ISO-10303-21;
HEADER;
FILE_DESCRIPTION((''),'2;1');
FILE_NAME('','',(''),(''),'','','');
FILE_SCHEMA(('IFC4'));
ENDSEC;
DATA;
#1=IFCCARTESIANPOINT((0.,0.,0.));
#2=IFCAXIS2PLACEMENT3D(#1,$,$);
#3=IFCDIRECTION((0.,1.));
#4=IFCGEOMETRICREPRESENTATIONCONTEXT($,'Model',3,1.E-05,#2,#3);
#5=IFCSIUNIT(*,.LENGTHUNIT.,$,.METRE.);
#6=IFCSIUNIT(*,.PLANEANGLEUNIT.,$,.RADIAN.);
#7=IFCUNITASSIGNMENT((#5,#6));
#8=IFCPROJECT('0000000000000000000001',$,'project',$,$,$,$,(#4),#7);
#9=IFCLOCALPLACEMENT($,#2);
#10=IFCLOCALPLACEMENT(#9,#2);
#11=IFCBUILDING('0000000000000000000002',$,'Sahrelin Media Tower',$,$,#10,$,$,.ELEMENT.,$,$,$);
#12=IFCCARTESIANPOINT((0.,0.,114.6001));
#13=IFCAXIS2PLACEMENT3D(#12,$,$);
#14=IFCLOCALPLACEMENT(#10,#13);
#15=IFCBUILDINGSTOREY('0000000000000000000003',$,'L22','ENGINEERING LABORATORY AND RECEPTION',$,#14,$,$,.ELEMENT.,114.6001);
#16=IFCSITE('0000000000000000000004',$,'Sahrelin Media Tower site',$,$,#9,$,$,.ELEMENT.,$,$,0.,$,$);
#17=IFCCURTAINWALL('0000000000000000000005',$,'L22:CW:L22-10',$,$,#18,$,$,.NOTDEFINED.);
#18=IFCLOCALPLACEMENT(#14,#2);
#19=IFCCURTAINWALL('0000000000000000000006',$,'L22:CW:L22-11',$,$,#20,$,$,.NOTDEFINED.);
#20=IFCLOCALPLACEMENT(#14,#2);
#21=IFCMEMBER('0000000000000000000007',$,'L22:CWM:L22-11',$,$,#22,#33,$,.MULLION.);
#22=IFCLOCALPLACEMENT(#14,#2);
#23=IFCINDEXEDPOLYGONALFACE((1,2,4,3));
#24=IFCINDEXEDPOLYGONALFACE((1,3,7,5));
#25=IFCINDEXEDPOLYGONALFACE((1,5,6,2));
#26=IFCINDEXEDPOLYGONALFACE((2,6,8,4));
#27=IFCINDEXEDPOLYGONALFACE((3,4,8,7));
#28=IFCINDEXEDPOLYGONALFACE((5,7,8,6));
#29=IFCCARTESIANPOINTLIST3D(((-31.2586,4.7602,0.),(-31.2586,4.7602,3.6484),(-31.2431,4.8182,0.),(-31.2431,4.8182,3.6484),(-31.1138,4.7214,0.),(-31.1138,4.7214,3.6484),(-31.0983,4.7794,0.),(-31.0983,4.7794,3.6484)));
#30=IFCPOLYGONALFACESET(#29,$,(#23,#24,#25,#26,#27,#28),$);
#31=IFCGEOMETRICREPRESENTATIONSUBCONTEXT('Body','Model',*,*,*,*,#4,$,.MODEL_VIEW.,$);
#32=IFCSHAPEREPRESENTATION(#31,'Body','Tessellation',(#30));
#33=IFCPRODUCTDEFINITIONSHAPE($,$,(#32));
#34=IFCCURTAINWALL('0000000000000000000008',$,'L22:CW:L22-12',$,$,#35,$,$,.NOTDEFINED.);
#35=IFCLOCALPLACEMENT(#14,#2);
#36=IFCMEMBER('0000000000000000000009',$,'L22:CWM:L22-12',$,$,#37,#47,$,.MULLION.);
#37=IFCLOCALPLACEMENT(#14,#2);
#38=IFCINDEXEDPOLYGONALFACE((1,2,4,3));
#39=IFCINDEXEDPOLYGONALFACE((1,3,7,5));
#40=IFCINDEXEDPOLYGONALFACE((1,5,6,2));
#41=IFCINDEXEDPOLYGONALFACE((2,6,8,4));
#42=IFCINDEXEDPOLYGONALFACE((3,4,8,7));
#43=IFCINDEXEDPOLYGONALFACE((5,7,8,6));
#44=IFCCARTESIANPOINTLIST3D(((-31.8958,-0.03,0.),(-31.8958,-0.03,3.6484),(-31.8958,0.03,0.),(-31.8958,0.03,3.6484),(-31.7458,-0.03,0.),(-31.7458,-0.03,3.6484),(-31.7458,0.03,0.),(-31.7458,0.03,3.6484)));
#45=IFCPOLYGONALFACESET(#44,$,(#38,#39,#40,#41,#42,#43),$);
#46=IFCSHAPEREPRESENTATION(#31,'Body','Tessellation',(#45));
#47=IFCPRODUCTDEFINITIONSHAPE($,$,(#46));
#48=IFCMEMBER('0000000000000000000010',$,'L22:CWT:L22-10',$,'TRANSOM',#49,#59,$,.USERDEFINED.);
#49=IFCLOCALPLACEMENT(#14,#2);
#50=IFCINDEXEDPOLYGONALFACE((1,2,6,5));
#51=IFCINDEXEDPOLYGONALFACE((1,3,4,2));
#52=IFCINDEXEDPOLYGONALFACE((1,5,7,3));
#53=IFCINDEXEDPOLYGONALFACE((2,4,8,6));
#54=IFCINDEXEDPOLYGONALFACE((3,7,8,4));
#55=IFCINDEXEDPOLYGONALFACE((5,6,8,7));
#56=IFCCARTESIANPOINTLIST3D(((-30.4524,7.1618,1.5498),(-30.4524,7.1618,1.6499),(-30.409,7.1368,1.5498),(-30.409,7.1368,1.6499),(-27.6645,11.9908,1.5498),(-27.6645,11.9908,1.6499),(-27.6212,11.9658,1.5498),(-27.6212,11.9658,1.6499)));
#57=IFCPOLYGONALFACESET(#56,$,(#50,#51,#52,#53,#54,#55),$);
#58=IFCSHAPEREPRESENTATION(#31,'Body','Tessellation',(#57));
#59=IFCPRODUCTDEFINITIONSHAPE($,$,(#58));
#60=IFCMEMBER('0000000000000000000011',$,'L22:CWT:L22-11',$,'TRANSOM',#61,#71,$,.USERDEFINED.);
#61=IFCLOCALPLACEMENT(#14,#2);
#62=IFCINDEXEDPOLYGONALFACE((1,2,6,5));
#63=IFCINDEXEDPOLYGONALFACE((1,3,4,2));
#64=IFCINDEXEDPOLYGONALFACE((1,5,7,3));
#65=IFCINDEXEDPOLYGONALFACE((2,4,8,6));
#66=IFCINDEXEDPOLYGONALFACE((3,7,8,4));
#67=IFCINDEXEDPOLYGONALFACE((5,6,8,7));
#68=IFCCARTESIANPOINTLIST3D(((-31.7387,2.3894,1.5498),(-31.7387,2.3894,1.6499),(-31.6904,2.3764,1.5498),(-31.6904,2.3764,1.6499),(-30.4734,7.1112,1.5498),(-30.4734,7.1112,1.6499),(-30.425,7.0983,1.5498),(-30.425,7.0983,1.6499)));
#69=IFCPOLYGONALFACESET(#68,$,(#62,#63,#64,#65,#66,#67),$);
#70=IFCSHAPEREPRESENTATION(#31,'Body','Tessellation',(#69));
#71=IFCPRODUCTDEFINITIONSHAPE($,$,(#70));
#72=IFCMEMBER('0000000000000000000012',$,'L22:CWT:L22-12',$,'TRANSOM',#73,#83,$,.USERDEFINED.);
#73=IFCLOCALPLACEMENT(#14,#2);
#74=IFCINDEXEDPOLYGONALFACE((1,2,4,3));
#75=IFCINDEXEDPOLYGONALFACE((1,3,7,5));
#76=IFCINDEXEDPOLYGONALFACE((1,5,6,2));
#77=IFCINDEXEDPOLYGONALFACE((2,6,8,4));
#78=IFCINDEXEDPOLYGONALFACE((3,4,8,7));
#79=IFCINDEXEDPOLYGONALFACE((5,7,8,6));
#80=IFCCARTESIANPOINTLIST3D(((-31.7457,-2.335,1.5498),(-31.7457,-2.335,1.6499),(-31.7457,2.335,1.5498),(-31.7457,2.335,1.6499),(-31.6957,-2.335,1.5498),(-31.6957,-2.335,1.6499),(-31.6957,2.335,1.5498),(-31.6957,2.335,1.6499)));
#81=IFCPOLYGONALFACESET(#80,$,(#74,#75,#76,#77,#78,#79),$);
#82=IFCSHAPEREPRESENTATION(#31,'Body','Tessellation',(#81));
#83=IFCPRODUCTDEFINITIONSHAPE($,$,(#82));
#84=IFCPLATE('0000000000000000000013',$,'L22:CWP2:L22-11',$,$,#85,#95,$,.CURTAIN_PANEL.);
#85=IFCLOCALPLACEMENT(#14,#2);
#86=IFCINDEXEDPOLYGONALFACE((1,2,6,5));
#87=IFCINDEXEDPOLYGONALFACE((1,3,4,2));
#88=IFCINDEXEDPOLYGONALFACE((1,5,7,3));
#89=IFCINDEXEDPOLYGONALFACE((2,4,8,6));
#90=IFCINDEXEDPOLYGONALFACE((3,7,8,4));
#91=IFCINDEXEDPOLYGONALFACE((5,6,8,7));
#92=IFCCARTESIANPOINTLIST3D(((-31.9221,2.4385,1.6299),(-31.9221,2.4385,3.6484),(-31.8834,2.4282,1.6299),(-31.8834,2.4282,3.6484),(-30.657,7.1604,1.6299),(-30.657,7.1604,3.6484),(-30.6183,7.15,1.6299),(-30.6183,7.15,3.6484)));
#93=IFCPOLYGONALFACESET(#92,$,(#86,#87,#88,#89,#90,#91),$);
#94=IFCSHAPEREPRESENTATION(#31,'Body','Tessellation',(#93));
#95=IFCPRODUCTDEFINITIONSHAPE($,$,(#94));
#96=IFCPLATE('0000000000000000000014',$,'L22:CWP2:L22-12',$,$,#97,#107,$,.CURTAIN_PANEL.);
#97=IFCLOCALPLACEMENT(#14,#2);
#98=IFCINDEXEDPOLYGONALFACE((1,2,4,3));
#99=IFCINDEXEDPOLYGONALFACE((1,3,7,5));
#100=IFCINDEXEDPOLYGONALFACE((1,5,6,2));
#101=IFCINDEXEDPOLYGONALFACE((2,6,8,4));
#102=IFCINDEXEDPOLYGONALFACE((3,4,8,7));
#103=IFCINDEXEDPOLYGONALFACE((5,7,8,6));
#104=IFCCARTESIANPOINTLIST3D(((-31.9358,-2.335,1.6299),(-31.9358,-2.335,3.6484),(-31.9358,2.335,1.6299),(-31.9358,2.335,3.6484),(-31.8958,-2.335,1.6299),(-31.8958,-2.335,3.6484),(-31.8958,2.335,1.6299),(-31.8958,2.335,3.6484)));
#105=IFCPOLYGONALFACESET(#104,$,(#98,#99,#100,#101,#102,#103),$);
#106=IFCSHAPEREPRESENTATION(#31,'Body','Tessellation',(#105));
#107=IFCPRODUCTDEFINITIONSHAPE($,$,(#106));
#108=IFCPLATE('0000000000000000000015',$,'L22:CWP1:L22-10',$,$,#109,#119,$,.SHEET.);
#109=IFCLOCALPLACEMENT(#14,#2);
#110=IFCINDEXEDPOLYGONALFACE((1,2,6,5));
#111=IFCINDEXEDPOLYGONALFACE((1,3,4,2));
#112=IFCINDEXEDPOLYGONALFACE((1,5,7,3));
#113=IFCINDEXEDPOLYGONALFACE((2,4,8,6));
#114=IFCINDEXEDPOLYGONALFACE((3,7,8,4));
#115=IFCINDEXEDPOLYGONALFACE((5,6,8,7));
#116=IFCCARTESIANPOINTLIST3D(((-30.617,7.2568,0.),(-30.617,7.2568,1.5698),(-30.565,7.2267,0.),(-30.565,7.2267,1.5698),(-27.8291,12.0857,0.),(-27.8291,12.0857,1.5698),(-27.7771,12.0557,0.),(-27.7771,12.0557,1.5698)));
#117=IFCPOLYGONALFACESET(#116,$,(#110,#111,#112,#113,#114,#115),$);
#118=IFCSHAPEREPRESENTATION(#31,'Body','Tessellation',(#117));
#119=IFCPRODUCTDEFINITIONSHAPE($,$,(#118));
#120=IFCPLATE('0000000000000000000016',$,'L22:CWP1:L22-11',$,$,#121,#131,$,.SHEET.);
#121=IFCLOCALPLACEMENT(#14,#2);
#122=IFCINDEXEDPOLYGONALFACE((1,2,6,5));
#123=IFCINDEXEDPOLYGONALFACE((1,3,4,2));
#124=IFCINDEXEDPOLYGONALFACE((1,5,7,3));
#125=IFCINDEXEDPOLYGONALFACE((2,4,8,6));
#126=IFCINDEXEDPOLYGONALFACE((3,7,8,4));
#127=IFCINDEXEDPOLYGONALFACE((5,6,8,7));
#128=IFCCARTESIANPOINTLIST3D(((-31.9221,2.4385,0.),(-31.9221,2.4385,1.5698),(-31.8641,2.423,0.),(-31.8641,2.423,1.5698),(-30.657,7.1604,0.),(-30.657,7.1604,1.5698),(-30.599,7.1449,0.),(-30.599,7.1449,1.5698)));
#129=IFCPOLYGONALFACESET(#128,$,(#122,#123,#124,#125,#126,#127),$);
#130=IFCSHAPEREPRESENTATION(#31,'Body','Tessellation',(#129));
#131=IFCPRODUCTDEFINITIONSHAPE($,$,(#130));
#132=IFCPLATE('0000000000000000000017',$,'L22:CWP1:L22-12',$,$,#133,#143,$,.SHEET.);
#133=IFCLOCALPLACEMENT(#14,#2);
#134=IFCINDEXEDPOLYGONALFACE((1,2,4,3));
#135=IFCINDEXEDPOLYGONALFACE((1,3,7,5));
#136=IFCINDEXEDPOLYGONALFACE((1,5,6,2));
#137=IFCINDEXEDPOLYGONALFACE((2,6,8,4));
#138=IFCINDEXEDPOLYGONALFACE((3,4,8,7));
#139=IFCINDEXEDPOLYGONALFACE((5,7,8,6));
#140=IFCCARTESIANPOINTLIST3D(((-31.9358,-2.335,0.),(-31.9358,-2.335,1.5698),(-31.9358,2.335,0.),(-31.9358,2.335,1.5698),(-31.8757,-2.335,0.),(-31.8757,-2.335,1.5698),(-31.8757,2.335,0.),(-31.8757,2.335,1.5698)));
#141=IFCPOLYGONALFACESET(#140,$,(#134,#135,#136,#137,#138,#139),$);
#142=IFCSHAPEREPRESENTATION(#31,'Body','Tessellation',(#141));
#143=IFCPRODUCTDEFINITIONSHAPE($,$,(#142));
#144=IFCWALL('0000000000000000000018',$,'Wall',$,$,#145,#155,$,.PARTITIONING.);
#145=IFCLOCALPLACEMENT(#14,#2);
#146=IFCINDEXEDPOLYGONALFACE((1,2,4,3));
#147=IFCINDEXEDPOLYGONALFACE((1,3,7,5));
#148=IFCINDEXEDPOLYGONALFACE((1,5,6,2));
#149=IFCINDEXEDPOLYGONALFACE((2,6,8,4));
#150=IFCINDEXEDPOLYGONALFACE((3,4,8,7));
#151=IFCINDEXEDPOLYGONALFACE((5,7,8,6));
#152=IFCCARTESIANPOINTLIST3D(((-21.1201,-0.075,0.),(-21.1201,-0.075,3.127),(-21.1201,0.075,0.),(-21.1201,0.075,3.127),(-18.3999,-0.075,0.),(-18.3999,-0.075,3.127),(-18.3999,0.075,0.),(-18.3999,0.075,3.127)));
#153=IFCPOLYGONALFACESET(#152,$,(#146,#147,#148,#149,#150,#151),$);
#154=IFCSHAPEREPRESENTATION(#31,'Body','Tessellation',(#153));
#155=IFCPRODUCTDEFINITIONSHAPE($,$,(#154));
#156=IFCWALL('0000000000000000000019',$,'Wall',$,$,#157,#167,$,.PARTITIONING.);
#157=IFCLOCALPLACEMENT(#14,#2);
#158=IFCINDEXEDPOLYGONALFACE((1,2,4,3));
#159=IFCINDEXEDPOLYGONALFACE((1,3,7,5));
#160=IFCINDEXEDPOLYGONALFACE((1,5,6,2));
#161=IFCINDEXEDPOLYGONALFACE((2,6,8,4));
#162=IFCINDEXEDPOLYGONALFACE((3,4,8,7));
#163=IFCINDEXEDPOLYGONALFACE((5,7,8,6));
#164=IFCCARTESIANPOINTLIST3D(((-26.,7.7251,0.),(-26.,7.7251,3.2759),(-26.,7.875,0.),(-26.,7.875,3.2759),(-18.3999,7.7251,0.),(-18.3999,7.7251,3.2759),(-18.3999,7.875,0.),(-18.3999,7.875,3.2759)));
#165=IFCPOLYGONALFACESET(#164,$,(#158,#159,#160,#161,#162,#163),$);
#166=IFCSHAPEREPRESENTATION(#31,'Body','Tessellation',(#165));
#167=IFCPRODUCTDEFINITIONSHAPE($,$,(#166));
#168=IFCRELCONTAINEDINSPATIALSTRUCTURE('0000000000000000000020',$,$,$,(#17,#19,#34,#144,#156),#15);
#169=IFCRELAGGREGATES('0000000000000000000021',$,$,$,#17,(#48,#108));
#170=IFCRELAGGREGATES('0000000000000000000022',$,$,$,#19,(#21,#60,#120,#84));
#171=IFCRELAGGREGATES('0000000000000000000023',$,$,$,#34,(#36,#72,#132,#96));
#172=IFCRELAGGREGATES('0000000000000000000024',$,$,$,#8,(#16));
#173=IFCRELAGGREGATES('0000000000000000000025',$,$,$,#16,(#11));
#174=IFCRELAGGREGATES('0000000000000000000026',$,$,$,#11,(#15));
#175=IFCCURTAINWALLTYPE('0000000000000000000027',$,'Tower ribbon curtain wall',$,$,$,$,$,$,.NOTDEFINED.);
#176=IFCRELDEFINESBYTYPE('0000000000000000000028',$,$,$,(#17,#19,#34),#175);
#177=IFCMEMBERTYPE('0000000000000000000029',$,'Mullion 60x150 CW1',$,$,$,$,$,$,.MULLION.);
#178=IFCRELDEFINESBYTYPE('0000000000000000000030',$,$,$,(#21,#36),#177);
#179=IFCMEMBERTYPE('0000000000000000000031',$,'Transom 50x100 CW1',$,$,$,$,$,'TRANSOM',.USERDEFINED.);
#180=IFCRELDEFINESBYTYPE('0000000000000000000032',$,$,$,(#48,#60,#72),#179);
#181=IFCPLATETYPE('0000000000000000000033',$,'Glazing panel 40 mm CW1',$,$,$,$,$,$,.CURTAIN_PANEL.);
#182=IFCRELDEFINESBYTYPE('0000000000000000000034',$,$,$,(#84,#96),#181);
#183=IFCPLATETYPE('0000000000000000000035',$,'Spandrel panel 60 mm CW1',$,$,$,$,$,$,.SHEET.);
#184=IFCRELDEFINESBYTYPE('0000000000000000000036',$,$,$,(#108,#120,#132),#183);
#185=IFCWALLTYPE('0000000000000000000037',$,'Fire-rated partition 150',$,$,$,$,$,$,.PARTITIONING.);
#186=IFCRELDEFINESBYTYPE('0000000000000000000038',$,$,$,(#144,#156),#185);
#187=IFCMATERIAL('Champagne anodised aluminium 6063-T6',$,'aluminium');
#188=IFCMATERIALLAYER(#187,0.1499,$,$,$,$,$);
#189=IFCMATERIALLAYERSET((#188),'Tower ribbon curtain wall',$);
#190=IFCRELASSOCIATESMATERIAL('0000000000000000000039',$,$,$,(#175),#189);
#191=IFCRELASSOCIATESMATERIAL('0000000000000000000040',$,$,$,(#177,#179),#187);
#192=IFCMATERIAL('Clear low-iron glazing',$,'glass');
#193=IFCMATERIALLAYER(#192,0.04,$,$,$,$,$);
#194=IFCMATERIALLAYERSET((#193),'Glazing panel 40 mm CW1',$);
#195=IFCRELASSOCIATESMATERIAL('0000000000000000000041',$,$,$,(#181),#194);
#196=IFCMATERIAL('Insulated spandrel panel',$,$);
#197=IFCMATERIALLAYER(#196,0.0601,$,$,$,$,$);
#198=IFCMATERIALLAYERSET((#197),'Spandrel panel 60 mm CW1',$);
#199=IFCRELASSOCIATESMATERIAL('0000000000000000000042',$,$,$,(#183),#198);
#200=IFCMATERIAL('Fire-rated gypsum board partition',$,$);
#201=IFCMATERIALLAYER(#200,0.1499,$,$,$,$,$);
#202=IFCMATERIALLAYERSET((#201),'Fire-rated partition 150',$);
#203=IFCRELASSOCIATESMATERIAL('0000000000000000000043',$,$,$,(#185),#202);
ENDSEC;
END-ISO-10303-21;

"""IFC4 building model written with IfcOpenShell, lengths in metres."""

from ifc_helpers import new_model, si_unit, direction, frame, frame_2d, origin, origin_2d, place, context, subcontext, project, spatial, polyline, rectangle, outline, extrude, material, layer, layer_set, material_profile, profile_set, type_object, element, aggregate, save


model = new_model("IFC4")

# Units and contexts
model_context = context("Model", 3, precision=1e-05, world=origin(), true_north=direction((0.0, 1.0)))
body_context = subcontext(model_context, "Body", "Model", "MODEL_VIEW")
ifc_project = project(units=[si_unit("LENGTHUNIT", "METRE"), si_unit("PLANEANGLEUNIT", "RADIAN")], contexts=[model_context])

# Site, building, storey
site_placement = place(None, origin())
site = spatial("IfcSite", under=ifc_project, at=site_placement, Name="Sahrelin Media Tower site", CompositionType="ELEMENT", RefElevation=0.0)
building_placement = place(site_placement, origin())
building = spatial("IfcBuilding", under=site, at=building_placement, Name="Sahrelin Media Tower", CompositionType="ELEMENT")
storey_placement = place(building_placement, frame((0.0, 0.0, 114.6001)))
storey = spatial("IfcBuildingStorey", under=building, at=storey_placement, Name="L22", Description="ENGINEERING LABORATORY AND RECEPTION", CompositionType="ELEMENT", Elevation=114.6001)

# Curtain walls, members
ifc_material_1 = material(Name="Champagne anodised aluminium 6063-T6", Category="aluminium")
ifc_layer_1 = layer(ifc_material_1, 0.1499)
ifc_layer_set_1 = layer_set([ifc_layer_1], Name="Tower ribbon curtain wall")
curtain_wall_type = type_object("IfcCurtainWallType", Name="Tower ribbon curtain wall", PredefinedType="NOTDEFINED", material=ifc_layer_set_1)
curtain_wall_1_placement = place(storey_placement, frame((-29.2058, 9.6614, 0.0), z_axis=(0.0, 0.0, 1.0), x_axis=(1.0, 0.0, 0.0)))
curtain_wall_1 = element("IfcCurtainWall", 1, at=curtain_wall_1_placement, inside=storey, type_object=curtain_wall_type, Name="L22:CW:L22-10", PredefinedType="NOTDEFINED")
ifc_material_profile_1 = material_profile(ifc_material_1, rectangle(XDim=0.0601, YDim=0.1499, at=origin_2d()), Name="Mullion 60x150")
ifc_profile_set_1 = profile_set([ifc_material_profile_1], Name="Champagne anodised aluminium 6063-T6")
member_type_1 = type_object("IfcMemberType", Name="Mullion 60x150 CW1", PredefinedType="MULLION", material=ifc_profile_set_1)
curtain_wall_2_placement = place(storey_placement, frame((-31.2703, 4.7942, 0.0), z_axis=(0.0, 0.0, 1.0), x_axis=(1.0, 0.0, 0.0)))
curtain_wall_2 = element("IfcCurtainWall", 2, at=curtain_wall_2_placement, inside=storey, type_object=curtain_wall_type, Name="L22:CW:L22-11", PredefinedType="NOTDEFINED")
member_1_placement = place(storey_placement, frame((-31.1785, 4.7698, 0.0), z_axis=(0.0, 0.0, 1.0), x_axis=(-0.258836, -0.965921, 0.0)))
member_1 = element("IfcMember", 3, at=member_1_placement, type_object=member_type_1, Name="L22:CWM:L22-11", PredefinedType="MULLION", context=body_context, shape_type="SweptSolid", body=[
    extrude(rectangle(XDim=0.0601, YDim=0.1499, at=origin_2d()), origin(), (0.0, 0.0, 1.0), 3.6484),
])
curtain_wall_3_placement = place(storey_placement, frame((-31.9158, 0.0, 0.0), z_axis=(0.0, 0.0, 1.0), x_axis=(1.0, 0.0, 0.0)))
curtain_wall_3 = element("IfcCurtainWall", 4, at=curtain_wall_3_placement, inside=storey, type_object=curtain_wall_type, Name="L22:CW:L22-12", PredefinedType="NOTDEFINED")
member_2_placement = place(storey_placement, frame((-31.8208, 0.0, 0.0), z_axis=(0.0, 0.0, 1.0), x_axis=(0.0, -1.0, 0.0)))
member_2 = element("IfcMember", 5, at=member_2_placement, type_object=member_type_1, Name="L22:CWM:L22-12", PredefinedType="MULLION", context=body_context, shape_type="SweptSolid", body=[
    extrude(rectangle(XDim=0.0601, YDim=0.1499, at=origin_2d()), origin(), (0.0, 0.0, 1.0), 3.6484),
])

# Members
ifc_material_profile_2 = material_profile(ifc_material_1, rectangle(XDim=0.05, YDim=0.1001, at=origin_2d()), Name="Transom 50x100")
ifc_profile_set_2 = profile_set([ifc_material_profile_2], Name="Champagne anodised aluminium 6063-T6")
member_type_2 = type_object("IfcMemberType", Name="Transom 50x100 CW1", ElementType="TRANSOM", PredefinedType="USERDEFINED", material=ifc_profile_set_2)
member_3_placement = place(storey_placement, frame((-27.6428, 11.9783, 1.5999), z_axis=(-0.499987, -0.866033, 0.0), x_axis=(0.866033, -0.499987, 0.0)))
member_3 = element("IfcMember", 6, at=member_3_placement, type_object=member_type_2, Name="L22:CWT:L22-10", ObjectType="TRANSOM", PredefinedType="USERDEFINED", context=body_context, shape_type="SweptSolid", body=[
    extrude(rectangle(XDim=0.05, YDim=0.1001, at=origin_2d()), origin(), (0.0, 0.0, 1.0), 5.5759),
])
member_4_placement = place(storey_placement, frame((-30.4492, 7.1047, 1.5999), z_axis=(-0.258847, -0.965918, 0.0), x_axis=(0.965918, -0.258847, 0.0)))
member_4 = element("IfcMember", 7, at=member_4_placement, type_object=member_type_2, Name="L22:CWT:L22-11", ObjectType="TRANSOM", PredefinedType="USERDEFINED", context=body_context, shape_type="SweptSolid", body=[
    extrude(rectangle(XDim=0.05, YDim=0.1001, at=origin_2d()), origin(), (0.0, 0.0, 1.0), 4.8884),
])
member_5_placement = place(storey_placement, frame((-31.7207, 2.335, 1.5999), z_axis=(0.0, -1.0, 0.0), x_axis=(1.0, 0.0, 0.0)))
member_5 = element("IfcMember", 8, at=member_5_placement, type_object=member_type_2, Name="L22:CWT:L22-12", ObjectType="TRANSOM", PredefinedType="USERDEFINED", context=body_context, shape_type="SweptSolid", body=[
    extrude(rectangle(XDim=0.05, YDim=0.1001, at=origin_2d()), origin(), (0.0, 0.0, 1.0), 4.6699),
])

# Plates
ifc_material_2 = material(Name="Clear low-iron glazing", Category="glass")
ifc_layer_2 = layer(ifc_material_2, 0.04)
ifc_layer_set_2 = layer_set([ifc_layer_2], Name="Glazing panel 40 mm CW1")
plate_type_1 = type_object("IfcPlateType", Name="Glazing panel 40 mm CW1", PredefinedType="CURTAIN_PANEL", material=ifc_layer_set_2)
plate_1_placement = place(storey_placement, frame((-30.657, 7.1604, 1.6299), z_axis=(-0.965931, 0.2588, 0.0), x_axis=(-0.2588, -0.965931, 0.0)))
plate_1 = element("IfcPlate", 9, at=plate_1_placement, type_object=plate_type_1, Name="L22:CWP2:L22-11", PredefinedType="CURTAIN_PANEL", context=body_context, shape_type="SweptSolid", body=[
    extrude(outline(polyline([(0.0, 0.0), (4.8884, 0.0), (4.8884, 2.0186), (0.0, 2.0186), (0.0, 0.0)])), origin(), (0.0, 0.0, -1.0), 0.04),
])
plate_2_placement = place(storey_placement, frame((-31.9358, 2.335, 1.6299), z_axis=(-1.0, 0.0, 0.0), x_axis=(0.0, -1.0, 0.0)))
plate_2 = element("IfcPlate", 10, at=plate_2_placement, type_object=plate_type_1, Name="L22:CWP2:L22-12", PredefinedType="CURTAIN_PANEL", context=body_context, shape_type="SweptSolid", body=[
    extrude(outline(polyline([(0.0, 0.0), (4.6699, 0.0), (4.6699, 2.0186), (0.0, 2.0186), (0.0, 0.0)])), origin(), (0.0, 0.0, -1.0), 0.04),
])
ifc_material_3 = material(Name="Insulated spandrel panel")
ifc_layer_3 = layer(ifc_material_3, 0.0601)
ifc_layer_set_3 = layer_set([ifc_layer_3], Name="Spandrel panel 60 mm CW1")
plate_type_2 = type_object("IfcPlateType", Name="Spandrel panel 60 mm CW1", PredefinedType="SHEET", material=ifc_layer_set_3)
plate_3_placement = place(storey_placement, frame((-27.8291, 12.0857, 0.0), z_axis=(-0.866033, 0.499987, 0.0), x_axis=(-0.499987, -0.866033, 0.0)))
plate_3 = element("IfcPlate", 11, at=plate_3_placement, type_object=plate_type_2, Name="L22:CWP1:L22-10", PredefinedType="SHEET", context=body_context, shape_type="SweptSolid", body=[
    extrude(outline(polyline([(0.0, 0.0), (5.5759, 0.0), (5.5759, 1.5698), (0.0, 1.5698), (0.0, 0.0)])), origin(), (0.0, 0.0, -1.0), 0.0601),
])
aggregate(curtain_wall_1, [member_3, plate_3])
plate_4_placement = place(storey_placement, frame((-30.657, 7.1604, 0.0), z_axis=(-0.965931, 0.2588, 0.0), x_axis=(-0.2588, -0.965931, 0.0)))
plate_4 = element("IfcPlate", 12, at=plate_4_placement, type_object=plate_type_2, Name="L22:CWP1:L22-11", PredefinedType="SHEET", context=body_context, shape_type="SweptSolid", body=[
    extrude(outline(polyline([(0.0, 0.0), (4.8884, 0.0), (4.8884, 1.5698), (0.0, 1.5698), (0.0, 0.0)])), origin(), (0.0, 0.0, -1.0), 0.0601),
])
aggregate(curtain_wall_2, [member_1, member_4, plate_4, plate_1])
plate_5_placement = place(storey_placement, frame((-31.9358, 2.335, 0.0), z_axis=(-1.0, 0.0, 0.0), x_axis=(0.0, -1.0, 0.0)))
plate_5 = element("IfcPlate", 13, at=plate_5_placement, type_object=plate_type_2, Name="L22:CWP1:L22-12", PredefinedType="SHEET", context=body_context, shape_type="SweptSolid", body=[
    extrude(outline(polyline([(0.0, 0.0), (4.6699, 0.0), (4.6699, 1.5698), (0.0, 1.5698), (0.0, 0.0)])), origin(), (0.0, 0.0, -1.0), 0.0601),
])
aggregate(curtain_wall_3, [member_2, member_5, plate_5, plate_2])

# Walls
ifc_material_4 = material(Name="Fire-rated gypsum board partition")
ifc_layer_4 = layer(ifc_material_4, 0.1499)
ifc_layer_set_4 = layer_set([ifc_layer_4], Name="Fire-rated partition 150")
wall_type = type_object("IfcWallType", Name="Fire-rated partition 150", PredefinedType="PARTITIONING", material=ifc_layer_set_4)
wall_1_placement = place(storey_placement, frame((-21.1201, 0.0, 0.0), z_axis=(0.0, 0.0, 1.0), x_axis=(1.0, 0.0, 0.0)))
element("IfcWall", 14, at=wall_1_placement, inside=storey, type_object=wall_type, Name="Wall", PredefinedType="PARTITIONING", context=body_context, shape_type="SweptSolid", body=[
    extrude(rectangle(XDim=2.7202, YDim=0.1499, at=frame_2d((1.3601, 0.0))), origin(), (0.0, 0.0, 1.0), 3.127),
])
wall_2_placement = place(storey_placement, frame((-26.0, 7.8, 0.0), z_axis=(0.0, 0.0, 1.0), x_axis=(1.0, 0.0, 0.0)))
element("IfcWall", 15, at=wall_2_placement, inside=storey, type_object=wall_type, Name="Wall", PredefinedType="PARTITIONING", context=body_context, shape_type="SweptSolid", body=[
    extrude(rectangle(XDim=7.6001, YDim=0.1499, at=frame_2d((3.8, 0.0))), origin(), (0.0, 0.0, 1.0), 3.2759),
])

save(model, "model.ifc")
